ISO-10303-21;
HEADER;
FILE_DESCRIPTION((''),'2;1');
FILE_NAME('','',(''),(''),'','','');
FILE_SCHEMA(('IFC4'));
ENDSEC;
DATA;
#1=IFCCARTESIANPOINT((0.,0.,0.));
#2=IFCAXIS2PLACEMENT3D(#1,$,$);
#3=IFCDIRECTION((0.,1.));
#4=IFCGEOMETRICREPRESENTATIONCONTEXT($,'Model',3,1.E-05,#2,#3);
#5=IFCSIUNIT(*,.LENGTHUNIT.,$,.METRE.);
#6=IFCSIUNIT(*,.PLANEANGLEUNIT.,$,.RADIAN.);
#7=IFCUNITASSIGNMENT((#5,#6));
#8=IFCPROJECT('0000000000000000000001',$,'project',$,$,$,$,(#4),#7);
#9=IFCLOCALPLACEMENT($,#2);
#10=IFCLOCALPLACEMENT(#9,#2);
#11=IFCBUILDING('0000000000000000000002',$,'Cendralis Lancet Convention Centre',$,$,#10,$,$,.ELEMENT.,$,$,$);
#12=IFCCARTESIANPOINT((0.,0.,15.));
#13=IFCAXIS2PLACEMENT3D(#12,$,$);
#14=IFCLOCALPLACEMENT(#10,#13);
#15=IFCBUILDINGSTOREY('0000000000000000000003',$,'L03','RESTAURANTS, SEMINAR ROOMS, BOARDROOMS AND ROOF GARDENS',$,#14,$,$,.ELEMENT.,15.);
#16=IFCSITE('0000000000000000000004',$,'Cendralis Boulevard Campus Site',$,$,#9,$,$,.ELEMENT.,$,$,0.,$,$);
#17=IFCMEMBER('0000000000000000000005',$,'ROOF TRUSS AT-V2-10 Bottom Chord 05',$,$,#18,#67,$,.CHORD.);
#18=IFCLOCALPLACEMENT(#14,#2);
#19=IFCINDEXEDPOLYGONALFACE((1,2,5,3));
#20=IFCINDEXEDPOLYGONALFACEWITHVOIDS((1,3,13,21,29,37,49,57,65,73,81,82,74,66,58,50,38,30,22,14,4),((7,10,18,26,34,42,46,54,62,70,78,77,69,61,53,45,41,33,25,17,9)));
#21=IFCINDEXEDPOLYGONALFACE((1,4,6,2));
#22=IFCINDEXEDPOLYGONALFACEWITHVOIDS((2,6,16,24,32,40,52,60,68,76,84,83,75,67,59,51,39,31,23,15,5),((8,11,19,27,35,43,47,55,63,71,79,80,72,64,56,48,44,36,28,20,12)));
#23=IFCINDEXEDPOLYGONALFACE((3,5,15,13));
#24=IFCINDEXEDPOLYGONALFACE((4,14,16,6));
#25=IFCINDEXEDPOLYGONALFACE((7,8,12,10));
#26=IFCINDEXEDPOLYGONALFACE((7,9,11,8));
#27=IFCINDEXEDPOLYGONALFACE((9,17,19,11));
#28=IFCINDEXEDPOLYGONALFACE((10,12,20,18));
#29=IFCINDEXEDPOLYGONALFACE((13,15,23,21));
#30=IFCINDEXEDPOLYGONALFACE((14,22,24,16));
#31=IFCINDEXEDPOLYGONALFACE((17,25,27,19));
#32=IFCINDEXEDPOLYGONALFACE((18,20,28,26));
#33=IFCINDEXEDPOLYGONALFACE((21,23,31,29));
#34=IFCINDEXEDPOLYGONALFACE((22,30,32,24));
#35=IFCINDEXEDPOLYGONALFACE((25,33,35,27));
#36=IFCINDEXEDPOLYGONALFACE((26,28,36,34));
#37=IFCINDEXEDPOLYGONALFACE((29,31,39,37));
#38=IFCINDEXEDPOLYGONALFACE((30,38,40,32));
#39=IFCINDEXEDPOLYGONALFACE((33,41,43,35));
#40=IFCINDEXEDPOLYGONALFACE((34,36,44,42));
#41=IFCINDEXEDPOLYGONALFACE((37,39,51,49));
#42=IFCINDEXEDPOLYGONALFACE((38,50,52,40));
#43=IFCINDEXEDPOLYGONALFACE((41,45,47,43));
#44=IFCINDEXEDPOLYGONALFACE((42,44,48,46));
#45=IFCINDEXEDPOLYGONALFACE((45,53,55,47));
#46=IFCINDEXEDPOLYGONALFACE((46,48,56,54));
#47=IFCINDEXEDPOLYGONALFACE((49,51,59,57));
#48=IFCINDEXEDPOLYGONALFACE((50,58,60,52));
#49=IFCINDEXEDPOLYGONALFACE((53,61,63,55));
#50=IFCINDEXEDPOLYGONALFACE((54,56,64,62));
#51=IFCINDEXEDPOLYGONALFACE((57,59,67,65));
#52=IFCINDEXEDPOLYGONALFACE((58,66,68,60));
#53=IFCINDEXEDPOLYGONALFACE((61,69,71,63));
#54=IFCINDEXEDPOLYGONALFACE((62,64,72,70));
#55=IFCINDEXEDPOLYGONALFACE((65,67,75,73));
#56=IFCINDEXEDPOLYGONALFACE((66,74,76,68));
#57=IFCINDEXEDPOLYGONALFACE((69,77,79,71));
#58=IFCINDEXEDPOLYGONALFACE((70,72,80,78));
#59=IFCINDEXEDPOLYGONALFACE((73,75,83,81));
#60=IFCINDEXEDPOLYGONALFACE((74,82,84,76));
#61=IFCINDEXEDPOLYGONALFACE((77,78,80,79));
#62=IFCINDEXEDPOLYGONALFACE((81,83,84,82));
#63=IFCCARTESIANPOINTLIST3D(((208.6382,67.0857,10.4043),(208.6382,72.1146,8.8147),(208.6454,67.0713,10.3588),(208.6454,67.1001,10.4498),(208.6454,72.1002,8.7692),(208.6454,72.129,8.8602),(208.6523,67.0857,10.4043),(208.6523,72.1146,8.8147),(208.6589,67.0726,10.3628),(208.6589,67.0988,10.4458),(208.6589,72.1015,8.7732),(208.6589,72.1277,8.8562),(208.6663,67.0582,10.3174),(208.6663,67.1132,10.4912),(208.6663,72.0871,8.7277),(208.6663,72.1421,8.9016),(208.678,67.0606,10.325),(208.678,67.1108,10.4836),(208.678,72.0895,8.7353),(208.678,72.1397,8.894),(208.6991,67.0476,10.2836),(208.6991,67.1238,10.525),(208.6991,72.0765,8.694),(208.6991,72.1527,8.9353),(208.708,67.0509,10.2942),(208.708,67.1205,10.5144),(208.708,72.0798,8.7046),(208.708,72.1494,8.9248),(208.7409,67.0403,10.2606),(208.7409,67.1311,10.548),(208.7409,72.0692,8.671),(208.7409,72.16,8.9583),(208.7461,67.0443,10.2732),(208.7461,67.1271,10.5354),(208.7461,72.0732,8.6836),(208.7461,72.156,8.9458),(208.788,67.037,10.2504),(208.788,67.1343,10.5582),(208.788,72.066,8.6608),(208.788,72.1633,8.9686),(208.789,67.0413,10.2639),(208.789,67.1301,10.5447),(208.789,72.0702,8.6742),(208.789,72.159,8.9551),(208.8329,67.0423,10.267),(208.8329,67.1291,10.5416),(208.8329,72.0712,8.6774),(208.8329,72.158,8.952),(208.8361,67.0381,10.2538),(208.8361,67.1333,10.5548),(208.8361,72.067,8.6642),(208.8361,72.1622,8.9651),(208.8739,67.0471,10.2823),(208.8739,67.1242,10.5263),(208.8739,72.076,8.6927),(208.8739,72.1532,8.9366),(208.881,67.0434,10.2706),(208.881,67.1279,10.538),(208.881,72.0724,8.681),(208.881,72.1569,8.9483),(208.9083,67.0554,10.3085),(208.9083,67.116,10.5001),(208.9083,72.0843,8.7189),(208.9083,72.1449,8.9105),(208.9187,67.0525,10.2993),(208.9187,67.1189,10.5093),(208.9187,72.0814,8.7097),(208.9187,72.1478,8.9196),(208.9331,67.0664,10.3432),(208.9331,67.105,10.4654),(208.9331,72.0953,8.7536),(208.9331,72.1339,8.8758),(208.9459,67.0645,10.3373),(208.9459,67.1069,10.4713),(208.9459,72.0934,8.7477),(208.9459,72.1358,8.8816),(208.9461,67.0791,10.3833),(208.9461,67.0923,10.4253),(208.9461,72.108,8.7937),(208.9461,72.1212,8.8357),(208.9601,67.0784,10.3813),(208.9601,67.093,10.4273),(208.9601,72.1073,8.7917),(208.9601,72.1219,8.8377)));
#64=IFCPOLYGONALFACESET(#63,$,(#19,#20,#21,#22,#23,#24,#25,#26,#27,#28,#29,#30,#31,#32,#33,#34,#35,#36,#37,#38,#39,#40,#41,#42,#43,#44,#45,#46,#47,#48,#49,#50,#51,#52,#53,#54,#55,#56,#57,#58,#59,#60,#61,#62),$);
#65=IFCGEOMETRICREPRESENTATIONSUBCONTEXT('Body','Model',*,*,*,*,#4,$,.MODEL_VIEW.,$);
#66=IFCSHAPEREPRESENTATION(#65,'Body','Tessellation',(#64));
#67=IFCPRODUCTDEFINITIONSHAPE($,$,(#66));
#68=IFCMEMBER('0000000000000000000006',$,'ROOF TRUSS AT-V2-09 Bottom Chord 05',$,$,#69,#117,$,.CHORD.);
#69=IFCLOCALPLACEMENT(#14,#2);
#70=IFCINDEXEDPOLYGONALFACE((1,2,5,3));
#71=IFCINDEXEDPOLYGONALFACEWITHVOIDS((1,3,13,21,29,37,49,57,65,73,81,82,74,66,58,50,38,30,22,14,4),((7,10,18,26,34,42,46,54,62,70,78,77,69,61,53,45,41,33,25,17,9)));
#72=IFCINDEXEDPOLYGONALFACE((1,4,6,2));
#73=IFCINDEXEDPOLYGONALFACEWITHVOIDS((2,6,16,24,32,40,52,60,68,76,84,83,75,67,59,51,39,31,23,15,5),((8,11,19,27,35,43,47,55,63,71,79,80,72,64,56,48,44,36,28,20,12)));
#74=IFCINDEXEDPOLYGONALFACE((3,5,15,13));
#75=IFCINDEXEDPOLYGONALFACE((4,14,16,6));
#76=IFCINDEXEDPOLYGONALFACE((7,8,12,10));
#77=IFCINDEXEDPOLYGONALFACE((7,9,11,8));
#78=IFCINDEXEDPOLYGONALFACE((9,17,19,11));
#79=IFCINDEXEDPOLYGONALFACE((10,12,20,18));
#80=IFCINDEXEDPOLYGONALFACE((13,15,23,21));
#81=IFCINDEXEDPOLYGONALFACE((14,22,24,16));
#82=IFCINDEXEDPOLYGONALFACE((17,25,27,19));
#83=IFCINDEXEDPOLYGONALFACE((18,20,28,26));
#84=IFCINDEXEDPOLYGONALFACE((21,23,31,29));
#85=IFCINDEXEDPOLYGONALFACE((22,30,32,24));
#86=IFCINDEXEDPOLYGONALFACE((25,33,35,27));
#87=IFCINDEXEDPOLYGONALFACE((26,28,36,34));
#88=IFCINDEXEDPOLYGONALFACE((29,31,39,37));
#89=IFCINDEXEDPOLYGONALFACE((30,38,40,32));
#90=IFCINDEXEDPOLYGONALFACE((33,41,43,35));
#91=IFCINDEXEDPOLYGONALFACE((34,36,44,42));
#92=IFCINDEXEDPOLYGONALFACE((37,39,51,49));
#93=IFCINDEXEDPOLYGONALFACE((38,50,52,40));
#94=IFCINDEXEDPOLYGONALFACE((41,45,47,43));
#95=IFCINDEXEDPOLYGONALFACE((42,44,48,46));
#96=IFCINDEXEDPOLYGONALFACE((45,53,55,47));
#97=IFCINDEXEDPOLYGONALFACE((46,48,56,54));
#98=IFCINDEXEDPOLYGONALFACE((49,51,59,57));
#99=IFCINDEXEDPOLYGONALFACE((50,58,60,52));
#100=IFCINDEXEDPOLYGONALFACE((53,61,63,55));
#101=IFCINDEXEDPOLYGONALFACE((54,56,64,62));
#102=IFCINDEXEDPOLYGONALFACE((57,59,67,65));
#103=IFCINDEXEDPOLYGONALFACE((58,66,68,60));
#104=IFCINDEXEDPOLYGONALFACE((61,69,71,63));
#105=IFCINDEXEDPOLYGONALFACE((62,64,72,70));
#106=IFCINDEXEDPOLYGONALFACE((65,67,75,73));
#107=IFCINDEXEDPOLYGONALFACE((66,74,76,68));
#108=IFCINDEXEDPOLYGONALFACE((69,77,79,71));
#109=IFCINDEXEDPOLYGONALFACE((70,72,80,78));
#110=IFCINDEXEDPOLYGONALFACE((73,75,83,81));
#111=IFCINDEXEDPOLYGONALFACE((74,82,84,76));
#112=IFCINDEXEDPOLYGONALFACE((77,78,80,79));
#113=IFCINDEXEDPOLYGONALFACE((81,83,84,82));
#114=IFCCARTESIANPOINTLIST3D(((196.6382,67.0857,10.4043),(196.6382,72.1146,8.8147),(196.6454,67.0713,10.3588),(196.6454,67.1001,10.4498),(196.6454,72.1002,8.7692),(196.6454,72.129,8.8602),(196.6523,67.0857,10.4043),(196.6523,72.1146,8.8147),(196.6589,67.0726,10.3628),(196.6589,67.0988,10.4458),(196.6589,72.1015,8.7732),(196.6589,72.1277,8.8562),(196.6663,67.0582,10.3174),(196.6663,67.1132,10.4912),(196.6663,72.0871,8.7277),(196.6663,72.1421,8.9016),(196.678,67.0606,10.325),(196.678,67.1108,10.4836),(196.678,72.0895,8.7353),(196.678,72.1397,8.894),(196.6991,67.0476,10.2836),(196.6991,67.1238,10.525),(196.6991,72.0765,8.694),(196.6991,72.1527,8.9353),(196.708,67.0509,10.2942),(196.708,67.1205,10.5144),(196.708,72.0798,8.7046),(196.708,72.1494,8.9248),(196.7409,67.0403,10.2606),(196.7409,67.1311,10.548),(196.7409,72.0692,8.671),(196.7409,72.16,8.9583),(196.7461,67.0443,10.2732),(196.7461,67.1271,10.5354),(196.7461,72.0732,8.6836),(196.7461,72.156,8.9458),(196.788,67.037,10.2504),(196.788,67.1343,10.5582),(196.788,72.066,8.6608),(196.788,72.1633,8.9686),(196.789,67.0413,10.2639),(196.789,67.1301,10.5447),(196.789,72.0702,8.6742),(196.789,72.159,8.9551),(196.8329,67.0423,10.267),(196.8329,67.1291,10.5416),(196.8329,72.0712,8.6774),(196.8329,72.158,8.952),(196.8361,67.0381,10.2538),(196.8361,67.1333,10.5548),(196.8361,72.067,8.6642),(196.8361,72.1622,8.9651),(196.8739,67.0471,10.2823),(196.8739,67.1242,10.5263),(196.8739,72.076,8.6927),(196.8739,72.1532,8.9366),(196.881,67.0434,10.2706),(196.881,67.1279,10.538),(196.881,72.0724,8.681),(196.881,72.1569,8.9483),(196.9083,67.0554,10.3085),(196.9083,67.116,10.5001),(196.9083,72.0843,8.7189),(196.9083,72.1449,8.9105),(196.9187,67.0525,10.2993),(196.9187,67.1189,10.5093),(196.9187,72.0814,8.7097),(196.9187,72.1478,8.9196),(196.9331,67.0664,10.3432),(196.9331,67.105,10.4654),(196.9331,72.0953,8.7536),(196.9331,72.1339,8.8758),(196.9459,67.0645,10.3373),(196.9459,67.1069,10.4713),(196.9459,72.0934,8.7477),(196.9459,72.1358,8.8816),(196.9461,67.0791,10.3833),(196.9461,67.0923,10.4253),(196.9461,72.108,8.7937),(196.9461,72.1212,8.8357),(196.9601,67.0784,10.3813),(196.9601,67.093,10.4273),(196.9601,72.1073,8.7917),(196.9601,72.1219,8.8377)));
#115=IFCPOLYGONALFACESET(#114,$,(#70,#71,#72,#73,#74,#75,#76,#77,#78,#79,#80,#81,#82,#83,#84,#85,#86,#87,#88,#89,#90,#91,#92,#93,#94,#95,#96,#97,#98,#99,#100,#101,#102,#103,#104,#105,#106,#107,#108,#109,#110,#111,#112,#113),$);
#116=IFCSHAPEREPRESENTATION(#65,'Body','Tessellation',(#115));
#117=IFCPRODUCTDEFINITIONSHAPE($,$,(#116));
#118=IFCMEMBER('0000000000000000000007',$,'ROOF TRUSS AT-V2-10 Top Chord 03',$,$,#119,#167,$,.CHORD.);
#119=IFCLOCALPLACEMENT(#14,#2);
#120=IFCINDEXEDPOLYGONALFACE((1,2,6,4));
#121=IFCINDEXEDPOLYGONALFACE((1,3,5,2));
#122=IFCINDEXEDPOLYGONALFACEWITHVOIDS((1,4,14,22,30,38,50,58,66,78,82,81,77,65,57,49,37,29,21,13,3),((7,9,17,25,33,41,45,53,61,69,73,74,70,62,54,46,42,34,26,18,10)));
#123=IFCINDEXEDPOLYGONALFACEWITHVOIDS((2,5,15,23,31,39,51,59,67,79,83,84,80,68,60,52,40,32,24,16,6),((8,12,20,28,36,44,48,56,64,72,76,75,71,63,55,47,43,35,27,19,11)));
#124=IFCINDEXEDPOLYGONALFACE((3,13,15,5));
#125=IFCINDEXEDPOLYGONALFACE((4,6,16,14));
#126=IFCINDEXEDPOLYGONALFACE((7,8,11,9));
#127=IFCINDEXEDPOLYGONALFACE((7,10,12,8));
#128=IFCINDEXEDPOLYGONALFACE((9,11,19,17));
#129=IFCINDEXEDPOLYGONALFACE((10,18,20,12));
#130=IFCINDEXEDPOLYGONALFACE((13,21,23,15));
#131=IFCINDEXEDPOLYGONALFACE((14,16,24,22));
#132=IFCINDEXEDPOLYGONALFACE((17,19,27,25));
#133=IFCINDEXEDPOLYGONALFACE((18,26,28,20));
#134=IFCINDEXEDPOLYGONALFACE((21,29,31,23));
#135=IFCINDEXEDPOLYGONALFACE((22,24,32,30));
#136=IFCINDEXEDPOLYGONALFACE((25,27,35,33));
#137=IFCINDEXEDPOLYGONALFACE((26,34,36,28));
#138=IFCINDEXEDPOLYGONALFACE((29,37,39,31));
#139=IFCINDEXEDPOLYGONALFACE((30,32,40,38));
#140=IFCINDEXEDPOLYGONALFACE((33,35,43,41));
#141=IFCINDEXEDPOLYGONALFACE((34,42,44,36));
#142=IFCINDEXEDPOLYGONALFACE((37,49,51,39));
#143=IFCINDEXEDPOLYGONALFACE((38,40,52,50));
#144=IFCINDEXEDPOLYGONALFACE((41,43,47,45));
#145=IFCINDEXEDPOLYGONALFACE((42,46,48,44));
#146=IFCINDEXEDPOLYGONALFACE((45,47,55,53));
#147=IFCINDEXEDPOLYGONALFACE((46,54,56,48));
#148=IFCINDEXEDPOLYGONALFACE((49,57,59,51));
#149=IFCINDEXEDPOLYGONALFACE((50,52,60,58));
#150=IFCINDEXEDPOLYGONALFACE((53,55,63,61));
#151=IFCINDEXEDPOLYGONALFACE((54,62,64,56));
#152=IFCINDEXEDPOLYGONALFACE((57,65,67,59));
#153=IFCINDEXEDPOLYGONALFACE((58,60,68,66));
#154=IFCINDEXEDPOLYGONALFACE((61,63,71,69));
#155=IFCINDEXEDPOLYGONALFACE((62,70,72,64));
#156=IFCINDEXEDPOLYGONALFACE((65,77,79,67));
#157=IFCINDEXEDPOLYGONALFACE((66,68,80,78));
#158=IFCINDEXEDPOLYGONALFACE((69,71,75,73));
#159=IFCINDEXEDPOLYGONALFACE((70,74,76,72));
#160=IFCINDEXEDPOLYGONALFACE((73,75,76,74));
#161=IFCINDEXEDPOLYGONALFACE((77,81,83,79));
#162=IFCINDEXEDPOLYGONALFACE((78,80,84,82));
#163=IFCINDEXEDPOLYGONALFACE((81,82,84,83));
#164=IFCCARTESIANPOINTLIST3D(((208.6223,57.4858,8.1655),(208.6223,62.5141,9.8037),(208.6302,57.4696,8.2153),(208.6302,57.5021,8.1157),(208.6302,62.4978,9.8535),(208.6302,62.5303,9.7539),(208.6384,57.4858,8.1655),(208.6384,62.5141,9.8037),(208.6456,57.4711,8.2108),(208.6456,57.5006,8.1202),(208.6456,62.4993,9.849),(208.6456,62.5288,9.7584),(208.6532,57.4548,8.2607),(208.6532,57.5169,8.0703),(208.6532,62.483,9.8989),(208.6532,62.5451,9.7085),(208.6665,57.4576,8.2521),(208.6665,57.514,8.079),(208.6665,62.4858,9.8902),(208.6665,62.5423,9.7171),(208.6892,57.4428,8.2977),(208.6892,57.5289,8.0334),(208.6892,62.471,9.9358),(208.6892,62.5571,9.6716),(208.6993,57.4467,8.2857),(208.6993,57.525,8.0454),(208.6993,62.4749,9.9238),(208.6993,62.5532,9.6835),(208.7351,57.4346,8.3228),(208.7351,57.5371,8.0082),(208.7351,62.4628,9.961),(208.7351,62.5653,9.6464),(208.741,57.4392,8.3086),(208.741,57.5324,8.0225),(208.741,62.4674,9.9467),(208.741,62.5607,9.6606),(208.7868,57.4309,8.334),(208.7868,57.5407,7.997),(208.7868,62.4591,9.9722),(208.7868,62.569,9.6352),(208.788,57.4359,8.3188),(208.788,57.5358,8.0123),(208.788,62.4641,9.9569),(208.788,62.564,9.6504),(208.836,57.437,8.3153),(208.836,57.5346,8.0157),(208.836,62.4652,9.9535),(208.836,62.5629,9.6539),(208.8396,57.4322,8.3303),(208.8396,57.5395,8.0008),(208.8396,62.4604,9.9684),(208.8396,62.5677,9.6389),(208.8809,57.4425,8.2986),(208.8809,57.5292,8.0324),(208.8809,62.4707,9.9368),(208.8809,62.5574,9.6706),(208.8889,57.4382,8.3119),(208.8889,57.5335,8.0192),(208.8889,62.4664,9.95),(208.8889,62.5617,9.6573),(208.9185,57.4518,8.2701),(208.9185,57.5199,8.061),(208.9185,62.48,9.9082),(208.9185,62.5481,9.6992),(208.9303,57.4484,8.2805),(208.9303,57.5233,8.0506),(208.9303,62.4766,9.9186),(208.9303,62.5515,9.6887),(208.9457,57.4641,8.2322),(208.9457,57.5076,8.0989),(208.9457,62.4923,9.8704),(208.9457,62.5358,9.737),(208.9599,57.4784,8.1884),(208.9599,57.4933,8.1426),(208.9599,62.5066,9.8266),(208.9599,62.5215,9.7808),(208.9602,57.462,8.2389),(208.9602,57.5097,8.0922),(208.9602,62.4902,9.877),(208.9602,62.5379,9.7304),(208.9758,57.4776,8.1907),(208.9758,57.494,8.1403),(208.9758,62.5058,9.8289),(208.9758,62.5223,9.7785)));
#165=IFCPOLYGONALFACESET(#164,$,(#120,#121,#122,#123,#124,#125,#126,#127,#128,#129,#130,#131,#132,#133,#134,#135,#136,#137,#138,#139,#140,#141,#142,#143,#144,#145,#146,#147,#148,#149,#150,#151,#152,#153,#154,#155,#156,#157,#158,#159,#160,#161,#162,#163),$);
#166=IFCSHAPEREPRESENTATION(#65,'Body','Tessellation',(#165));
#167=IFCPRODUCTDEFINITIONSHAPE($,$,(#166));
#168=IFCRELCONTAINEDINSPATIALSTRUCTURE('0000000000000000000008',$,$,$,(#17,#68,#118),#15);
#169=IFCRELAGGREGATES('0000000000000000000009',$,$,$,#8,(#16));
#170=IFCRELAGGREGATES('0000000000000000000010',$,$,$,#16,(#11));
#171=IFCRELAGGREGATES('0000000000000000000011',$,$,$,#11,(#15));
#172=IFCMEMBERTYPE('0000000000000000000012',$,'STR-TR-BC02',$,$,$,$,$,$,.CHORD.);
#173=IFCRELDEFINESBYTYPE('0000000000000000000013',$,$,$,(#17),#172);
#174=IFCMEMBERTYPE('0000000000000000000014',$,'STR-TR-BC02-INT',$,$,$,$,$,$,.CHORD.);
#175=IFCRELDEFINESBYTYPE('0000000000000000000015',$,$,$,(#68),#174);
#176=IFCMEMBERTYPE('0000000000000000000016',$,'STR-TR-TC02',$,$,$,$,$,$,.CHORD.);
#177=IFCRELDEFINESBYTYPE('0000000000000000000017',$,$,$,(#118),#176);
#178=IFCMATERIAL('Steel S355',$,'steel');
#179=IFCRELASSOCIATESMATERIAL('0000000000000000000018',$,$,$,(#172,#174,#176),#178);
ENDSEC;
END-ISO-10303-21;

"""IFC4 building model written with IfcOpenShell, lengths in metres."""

from ifc_helpers import new_model, si_unit, direction, frame, origin, origin_2d, place, context, subcontext, project, spatial, hollow_circle, extrude, material, material_profile, profile_set, type_object, element, save


model = new_model("IFC4")

# Units and contexts
model_context = context("Model", 3, precision=1e-05, world=origin(), true_north=direction((0.0, 1.0)))
body_context = subcontext(model_context, "Body", "Model", "MODEL_VIEW")
ifc_project = project(units=[si_unit("LENGTHUNIT", "METRE"), si_unit("PLANEANGLEUNIT", "RADIAN")], contexts=[model_context])

# Site, building, storey
site_placement = place(None, origin())
site = spatial("IfcSite", under=ifc_project, at=site_placement, Name="Cendralis Boulevard Campus Site", CompositionType="ELEMENT", RefElevation=0.0)
building_placement = place(site_placement, origin())
building = spatial("IfcBuilding", under=site, at=building_placement, Name="Cendralis Lancet Convention Centre", CompositionType="ELEMENT")
storey_placement = place(building_placement, frame((0.0, 0.0, 15.0)))
storey = spatial("IfcBuildingStorey", under=building, at=storey_placement, Name="L03", Description="RESTAURANTS, SEMINAR ROOMS, BOARDROOMS AND ROOF GARDENS", CompositionType="ELEMENT", Elevation=15.0)

# Shared definitions
ifc_material_1 = material(Name="Steel S355", Category="steel")

# Members
ifc_material_profile_1 = material_profile(ifc_material_1, hollow_circle(Radius=0.1619, WallThickness=0.0142, at=origin_2d()), Name="CHS 323.9x14.2")
ifc_profile_set_1 = profile_set([ifc_material_profile_1], Name="Steel S355")
member_type_1 = type_object("IfcMemberType", Name="STR-TR-BC02", PredefinedType="CHORD", material=ifc_profile_set_1)
for number, where, z_axis, x_axis, name in (
    (1, (208.8, 67.0857, 10.4043), (0.0, 0.953498, -0.301399), (-1.0, 0.0, 0.0), "ROOF TRUSS AT-V2-10 Bottom Chord 05"),
):
    element("IfcMember", number, at=place(storey_placement, frame(where, z_axis=z_axis, x_axis=x_axis)), inside=storey, type_object=member_type_1, Name=name, PredefinedType="CHORD", context=body_context, shape_type="SweptSolid", body=[
        extrude(hollow_circle(Radius=0.1619, WallThickness=0.0142, at=origin_2d()), origin(), (0.0, 0.0, 1.0), 5.2742),
    ])
ifc_material_profile_2 = material_profile(ifc_material_1, hollow_circle(Radius=0.1619, WallThickness=0.0142, at=origin_2d()), Name="CHS 323.9x14.2")
ifc_profile_set_2 = profile_set([ifc_material_profile_2], Name="Steel S355")
member_type_2 = type_object("IfcMemberType", Name="STR-TR-BC02-INT", PredefinedType="CHORD", material=ifc_profile_set_2)
member_1_placement = place(storey_placement, frame((196.8, 67.0857, 10.4043), z_axis=(0.0, 0.953498, -0.301399), x_axis=(-1.0, 0.0, 0.0)))
element("IfcMember", 2, at=member_1_placement, inside=storey, type_object=member_type_2, Name="ROOF TRUSS AT-V2-09 Bottom Chord 05", PredefinedType="CHORD", context=body_context, shape_type="SweptSolid", body=[
    extrude(hollow_circle(Radius=0.1619, WallThickness=0.0142, at=origin_2d()), origin(), (0.0, 0.0, 1.0), 5.2742),
])
ifc_material_profile_3 = material_profile(ifc_material_1, hollow_circle(Radius=0.1777, WallThickness=0.0161, at=origin_2d()), Name="CHS 355.6x16.0")
ifc_profile_set_3 = profile_set([ifc_material_profile_3], Name="Steel S355")
member_type_3 = type_object("IfcMemberType", Name="STR-TR-TC02", PredefinedType="CHORD", material=ifc_profile_set_3)
member_2_placement = place(storey_placement, frame((208.8, 57.4858, 8.1655), z_axis=(0.0, 0.950813, 0.309767), x_axis=(-1.0, 0.0, 0.0)))
element("IfcMember", 3, at=member_2_placement, inside=storey, type_object=member_type_3, Name="ROOF TRUSS AT-V2-10 Top Chord 03", PredefinedType="CHORD", context=body_context, shape_type="SweptSolid", body=[
    extrude(hollow_circle(Radius=0.1777, WallThickness=0.0161, at=origin_2d()), origin(), (0.0, 0.0, 1.0), 5.2883),
])

save(model, "model.ifc")
